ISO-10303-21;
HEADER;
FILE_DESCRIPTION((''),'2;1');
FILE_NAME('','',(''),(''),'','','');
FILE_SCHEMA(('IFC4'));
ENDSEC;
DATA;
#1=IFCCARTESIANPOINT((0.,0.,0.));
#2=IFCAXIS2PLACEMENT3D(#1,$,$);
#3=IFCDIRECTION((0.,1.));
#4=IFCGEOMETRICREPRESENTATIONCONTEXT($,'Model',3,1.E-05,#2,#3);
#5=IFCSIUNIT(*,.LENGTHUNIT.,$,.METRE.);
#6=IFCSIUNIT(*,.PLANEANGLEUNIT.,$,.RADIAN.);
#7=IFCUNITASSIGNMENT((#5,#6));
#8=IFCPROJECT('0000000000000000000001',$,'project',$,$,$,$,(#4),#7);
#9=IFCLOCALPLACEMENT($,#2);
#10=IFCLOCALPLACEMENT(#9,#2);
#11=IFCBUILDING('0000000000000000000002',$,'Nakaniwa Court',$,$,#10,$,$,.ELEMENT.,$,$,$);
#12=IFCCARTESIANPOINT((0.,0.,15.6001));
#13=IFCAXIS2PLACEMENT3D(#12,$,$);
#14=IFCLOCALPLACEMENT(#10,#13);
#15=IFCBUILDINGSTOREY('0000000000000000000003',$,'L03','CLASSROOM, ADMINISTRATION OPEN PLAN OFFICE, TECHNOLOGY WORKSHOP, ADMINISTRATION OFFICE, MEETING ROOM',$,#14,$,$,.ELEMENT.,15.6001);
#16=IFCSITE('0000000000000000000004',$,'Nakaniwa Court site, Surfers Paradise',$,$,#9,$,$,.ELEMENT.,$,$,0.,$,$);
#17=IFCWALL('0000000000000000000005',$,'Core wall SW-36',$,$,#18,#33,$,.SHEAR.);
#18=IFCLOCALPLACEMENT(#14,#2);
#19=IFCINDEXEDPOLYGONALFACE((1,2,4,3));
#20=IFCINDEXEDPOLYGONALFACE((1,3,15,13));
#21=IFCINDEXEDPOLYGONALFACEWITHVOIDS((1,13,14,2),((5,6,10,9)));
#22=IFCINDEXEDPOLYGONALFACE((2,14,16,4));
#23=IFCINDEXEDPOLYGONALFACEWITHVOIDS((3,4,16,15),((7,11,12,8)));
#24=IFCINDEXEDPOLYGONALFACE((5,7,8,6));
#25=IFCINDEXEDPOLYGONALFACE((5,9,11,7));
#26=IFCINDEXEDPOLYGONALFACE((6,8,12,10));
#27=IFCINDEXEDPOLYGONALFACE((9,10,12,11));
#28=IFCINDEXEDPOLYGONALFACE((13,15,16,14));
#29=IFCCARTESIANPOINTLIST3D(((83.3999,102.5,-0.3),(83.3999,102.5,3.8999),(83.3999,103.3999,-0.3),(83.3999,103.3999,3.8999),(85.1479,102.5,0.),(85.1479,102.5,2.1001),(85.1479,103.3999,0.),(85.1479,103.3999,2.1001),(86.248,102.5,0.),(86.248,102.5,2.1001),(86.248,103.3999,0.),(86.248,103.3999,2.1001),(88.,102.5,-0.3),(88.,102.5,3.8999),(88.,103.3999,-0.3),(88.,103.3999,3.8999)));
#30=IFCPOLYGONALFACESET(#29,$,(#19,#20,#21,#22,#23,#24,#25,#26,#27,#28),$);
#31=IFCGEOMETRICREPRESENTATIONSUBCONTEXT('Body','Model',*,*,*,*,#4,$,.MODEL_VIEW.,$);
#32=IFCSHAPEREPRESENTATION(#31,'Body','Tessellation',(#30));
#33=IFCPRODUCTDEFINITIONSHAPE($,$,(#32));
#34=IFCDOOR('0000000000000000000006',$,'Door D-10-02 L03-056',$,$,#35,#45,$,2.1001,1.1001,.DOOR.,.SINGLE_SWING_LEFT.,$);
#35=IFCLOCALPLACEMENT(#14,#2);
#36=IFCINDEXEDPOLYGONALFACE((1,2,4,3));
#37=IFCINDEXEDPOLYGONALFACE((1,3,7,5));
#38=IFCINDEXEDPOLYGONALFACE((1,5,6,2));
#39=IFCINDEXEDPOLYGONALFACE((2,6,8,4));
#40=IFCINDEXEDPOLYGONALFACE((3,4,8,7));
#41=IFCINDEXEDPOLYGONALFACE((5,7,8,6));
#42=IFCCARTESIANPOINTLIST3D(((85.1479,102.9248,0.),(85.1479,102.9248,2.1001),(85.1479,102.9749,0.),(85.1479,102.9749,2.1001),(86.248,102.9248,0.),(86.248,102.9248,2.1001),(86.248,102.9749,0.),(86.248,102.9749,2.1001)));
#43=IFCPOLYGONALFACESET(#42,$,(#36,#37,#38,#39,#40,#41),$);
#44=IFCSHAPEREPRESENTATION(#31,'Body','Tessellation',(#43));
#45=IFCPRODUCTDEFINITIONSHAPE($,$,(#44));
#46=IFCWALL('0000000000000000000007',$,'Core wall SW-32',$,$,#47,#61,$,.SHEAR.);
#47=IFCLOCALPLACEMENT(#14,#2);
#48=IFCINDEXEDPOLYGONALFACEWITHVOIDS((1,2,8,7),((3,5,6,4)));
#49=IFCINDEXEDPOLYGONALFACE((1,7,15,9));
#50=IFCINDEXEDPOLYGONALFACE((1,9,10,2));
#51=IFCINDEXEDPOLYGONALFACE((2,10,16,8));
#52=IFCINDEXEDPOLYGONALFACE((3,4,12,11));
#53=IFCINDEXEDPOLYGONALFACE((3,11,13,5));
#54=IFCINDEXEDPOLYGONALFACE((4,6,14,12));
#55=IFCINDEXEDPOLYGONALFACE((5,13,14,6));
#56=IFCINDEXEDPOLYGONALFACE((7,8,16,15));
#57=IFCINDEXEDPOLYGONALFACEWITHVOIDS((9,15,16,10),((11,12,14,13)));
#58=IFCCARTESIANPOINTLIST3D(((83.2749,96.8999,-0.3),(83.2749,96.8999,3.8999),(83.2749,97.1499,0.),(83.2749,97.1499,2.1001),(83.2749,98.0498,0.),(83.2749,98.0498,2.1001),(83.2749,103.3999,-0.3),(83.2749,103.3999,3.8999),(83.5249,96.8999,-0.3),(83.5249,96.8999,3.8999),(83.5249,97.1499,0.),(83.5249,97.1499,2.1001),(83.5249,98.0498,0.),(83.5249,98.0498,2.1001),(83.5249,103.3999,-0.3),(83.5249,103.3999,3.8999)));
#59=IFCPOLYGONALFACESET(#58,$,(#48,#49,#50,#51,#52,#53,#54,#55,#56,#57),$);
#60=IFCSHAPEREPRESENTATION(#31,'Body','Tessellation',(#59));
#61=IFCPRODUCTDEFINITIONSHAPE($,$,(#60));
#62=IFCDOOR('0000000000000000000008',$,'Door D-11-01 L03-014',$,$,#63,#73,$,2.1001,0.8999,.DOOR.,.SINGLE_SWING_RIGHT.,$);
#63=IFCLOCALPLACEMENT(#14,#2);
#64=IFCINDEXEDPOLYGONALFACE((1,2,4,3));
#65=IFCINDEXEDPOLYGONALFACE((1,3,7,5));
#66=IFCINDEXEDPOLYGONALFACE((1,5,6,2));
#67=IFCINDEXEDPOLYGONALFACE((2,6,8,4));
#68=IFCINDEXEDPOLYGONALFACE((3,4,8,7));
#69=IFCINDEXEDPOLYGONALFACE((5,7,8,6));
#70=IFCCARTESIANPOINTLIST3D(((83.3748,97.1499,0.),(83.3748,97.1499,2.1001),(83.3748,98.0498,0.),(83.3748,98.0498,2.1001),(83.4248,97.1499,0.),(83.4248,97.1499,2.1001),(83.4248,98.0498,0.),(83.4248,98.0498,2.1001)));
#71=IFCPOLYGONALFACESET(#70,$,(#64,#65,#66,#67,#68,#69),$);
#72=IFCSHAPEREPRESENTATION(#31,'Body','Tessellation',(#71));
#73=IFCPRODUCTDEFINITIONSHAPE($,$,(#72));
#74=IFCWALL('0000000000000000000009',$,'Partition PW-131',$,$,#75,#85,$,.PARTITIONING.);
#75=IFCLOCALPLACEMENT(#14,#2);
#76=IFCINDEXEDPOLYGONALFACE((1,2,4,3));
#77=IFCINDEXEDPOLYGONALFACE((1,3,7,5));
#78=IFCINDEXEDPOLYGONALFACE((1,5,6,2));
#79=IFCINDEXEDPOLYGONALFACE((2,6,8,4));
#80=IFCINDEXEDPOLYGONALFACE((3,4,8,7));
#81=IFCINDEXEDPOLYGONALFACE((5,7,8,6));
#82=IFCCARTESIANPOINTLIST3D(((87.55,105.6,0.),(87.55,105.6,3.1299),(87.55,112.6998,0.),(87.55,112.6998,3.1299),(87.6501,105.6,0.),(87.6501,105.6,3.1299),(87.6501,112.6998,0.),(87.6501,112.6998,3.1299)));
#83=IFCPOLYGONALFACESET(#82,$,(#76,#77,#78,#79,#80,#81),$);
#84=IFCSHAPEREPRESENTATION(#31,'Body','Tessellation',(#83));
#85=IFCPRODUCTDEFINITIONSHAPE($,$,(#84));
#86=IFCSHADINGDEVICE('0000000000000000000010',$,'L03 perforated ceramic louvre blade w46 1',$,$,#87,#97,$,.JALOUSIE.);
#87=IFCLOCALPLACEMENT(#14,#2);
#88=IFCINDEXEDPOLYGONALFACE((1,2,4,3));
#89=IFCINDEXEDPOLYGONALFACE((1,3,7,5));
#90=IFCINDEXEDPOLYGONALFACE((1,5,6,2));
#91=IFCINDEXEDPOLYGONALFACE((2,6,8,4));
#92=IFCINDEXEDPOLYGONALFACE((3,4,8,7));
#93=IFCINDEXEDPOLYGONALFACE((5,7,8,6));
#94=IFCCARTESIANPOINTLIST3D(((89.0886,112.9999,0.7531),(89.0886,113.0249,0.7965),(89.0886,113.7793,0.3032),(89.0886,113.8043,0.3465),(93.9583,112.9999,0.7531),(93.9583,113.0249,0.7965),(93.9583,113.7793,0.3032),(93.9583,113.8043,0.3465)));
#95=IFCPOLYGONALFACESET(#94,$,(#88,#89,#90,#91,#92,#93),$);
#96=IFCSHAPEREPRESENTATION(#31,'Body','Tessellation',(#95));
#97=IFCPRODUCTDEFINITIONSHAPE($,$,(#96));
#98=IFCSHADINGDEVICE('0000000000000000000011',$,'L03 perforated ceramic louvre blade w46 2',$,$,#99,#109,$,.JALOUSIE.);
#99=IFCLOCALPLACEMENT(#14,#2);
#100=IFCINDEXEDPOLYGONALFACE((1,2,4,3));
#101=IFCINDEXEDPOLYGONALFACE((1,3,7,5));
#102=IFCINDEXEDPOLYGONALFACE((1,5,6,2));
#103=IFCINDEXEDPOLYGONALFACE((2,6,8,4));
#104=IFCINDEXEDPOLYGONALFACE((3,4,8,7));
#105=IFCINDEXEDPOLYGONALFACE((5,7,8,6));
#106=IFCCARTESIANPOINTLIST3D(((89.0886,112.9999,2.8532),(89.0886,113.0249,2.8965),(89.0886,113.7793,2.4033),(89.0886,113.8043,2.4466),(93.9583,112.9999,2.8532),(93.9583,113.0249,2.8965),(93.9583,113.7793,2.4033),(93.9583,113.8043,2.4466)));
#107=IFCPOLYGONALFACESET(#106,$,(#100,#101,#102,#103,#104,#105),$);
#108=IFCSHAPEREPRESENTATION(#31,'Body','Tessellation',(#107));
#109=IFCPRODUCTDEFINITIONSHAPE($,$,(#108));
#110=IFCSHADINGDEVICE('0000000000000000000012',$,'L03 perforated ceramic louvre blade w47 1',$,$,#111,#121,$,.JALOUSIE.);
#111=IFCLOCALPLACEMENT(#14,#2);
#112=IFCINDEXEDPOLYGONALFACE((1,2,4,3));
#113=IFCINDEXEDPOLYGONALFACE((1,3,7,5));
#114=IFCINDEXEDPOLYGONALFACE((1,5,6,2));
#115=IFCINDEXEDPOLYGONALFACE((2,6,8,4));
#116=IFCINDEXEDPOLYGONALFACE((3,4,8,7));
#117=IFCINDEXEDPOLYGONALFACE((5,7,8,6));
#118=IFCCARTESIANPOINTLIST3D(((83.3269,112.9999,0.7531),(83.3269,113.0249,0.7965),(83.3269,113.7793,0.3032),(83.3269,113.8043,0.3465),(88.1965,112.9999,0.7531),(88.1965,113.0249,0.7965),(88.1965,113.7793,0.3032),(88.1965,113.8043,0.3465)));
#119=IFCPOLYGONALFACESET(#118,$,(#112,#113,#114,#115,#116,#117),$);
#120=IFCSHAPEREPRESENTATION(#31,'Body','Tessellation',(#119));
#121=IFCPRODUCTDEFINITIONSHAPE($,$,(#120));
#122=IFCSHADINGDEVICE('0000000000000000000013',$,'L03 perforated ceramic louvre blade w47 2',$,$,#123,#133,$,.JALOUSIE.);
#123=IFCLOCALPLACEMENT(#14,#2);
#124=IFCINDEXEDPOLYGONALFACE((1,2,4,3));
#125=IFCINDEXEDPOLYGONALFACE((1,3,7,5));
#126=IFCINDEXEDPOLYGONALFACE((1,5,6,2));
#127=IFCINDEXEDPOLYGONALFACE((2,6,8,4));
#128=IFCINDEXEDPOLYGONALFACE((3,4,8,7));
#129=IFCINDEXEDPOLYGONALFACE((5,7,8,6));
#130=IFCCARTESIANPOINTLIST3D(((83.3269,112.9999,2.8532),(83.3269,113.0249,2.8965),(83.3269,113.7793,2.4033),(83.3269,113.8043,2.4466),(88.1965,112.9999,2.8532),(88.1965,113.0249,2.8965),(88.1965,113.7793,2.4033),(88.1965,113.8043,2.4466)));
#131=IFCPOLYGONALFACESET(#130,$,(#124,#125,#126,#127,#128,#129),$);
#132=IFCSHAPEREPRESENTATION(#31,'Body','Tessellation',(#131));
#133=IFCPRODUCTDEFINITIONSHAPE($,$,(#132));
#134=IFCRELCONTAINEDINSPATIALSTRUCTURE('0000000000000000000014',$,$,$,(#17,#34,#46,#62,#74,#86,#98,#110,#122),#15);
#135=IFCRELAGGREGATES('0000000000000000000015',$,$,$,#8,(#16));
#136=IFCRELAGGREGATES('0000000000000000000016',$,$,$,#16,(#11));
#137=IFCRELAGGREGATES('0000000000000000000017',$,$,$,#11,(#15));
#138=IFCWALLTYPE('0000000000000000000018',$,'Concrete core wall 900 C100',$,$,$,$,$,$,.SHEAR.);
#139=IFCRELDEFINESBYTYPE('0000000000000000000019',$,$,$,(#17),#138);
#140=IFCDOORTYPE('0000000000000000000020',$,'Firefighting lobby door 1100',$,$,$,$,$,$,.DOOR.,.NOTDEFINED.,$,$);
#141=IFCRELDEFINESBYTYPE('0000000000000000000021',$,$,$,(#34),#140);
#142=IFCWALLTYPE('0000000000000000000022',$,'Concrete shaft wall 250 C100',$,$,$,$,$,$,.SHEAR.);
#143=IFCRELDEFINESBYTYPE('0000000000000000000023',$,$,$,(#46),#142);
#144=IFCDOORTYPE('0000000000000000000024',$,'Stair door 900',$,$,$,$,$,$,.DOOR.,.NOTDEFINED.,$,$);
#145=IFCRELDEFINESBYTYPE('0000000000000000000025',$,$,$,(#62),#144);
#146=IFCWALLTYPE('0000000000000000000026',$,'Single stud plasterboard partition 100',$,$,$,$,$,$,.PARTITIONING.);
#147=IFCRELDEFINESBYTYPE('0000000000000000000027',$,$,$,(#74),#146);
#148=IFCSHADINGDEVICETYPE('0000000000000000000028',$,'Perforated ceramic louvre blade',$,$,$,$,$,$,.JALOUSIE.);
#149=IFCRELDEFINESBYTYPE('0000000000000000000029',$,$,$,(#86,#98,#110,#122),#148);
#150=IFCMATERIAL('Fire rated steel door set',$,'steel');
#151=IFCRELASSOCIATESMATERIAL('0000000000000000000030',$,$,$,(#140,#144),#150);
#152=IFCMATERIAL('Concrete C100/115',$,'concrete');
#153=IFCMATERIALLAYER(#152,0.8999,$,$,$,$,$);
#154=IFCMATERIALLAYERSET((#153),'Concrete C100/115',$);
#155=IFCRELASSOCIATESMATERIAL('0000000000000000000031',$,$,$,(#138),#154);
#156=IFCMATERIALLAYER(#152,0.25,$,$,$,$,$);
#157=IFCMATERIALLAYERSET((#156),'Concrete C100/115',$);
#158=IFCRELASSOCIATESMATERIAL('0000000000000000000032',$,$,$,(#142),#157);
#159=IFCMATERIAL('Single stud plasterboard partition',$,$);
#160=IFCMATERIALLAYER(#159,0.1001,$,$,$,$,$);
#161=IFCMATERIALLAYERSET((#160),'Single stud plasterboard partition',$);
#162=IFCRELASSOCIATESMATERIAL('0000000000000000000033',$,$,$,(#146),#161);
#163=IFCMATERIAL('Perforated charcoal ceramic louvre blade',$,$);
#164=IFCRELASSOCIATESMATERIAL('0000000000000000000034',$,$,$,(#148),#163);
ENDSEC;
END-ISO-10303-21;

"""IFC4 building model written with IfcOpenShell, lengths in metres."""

from ifc_helpers import new_model, si_unit, direction, frame, frame_2d, origin, origin_2d, place, context, subcontext, project, spatial, rectangle, extrude, material, layer, layer_set, material_profile, profile_set, type_object, element, fill, save


model = new_model("IFC4")

# Units and contexts
model_context = context("Model", 3, precision=1e-05, world=origin(), true_north=direction((0.0, 1.0)))
body_context = subcontext(model_context, "Body", "Model", "MODEL_VIEW")
ifc_project = project(units=[si_unit("LENGTHUNIT", "METRE"), si_unit("PLANEANGLEUNIT", "RADIAN")], contexts=[model_context])

# Site, building, storey
site_placement = place(None, origin())
site = spatial("IfcSite", under=ifc_project, at=site_placement, Name="Nakaniwa Court site, Surfers Paradise", CompositionType="ELEMENT", RefElevation=0.0)
building_placement = place(site_placement, origin())
building = spatial("IfcBuilding", under=site, at=building_placement, Name="Nakaniwa Court", CompositionType="ELEMENT")
storey_placement = place(building_placement, frame((0.0, 0.0, 15.6001)))
storey = spatial("IfcBuildingStorey", under=building, at=storey_placement, Name="L03", Description="CLASSROOM, ADMINISTRATION OPEN PLAN OFFICE, TECHNOLOGY WORKSHOP, ADMINISTRATION OFFICE, MEETING ROOM", CompositionType="ELEMENT", Elevation=15.6001)

# Shared definitions
ifc_material_1 = material(Name="Concrete C100/115", Category="concrete")

# Walls, openings, doors
ifc_material_2 = material(Name="Fire rated steel door set", Category="steel")
door_type_1 = type_object("IfcDoorType", Name="Firefighting lobby door 1100", OperationType="NOTDEFINED", PredefinedType="DOOR", material=ifc_material_2)
ifc_layer_1 = layer(ifc_material_1, 0.8999)
ifc_layer_set_1 = layer_set([ifc_layer_1], Name="Concrete C100/115")
wall_type_1 = type_object("IfcWallType", Name="Concrete core wall 900 C100", PredefinedType="SHEAR", material=ifc_layer_set_1)
wall_1_placement = place(storey_placement, frame((83.3999, 102.95, -0.3), z_axis=(0.0, 0.0, 1.0), x_axis=(1.0, 0.0, 0.0)))
wall_1 = element("IfcWall", 1, at=wall_1_placement, inside=storey, type_object=wall_type_1, Name="Core wall SW-36", PredefinedType="SHEAR", context=body_context, shape_type="SweptSolid", body=[
    extrude(rectangle(XDim=4.6001, YDim=0.8999, at=frame_2d((2.3, 0.0))), origin(), (0.0, 0.0, 1.0), 4.2),
])
opening_1_placement = place(wall_1_placement, frame((1.748, 0.0, 0.3)))
opening_1 = element("IfcOpeningElement", 2, at=opening_1_placement, cuts=wall_1, PredefinedType="OPENING", context=body_context, shape_type="SweptSolid", body=[
    extrude(rectangle(XDim=1.1001, YDim=2.1001, at=frame_2d((0.55, 1.05))), frame((0.0, 0.46, 0.0), z_axis=(0.0, -1.0, 0.0), x_axis=(1.0, 0.0, 0.0)), (0.0, 0.0, 1.0), 0.9199),
])
door_1_placement = place(opening_1_placement, origin())
door_1 = element("IfcDoor", 3, at=door_1_placement, inside=storey, type_object=door_type_1, Name="Door D-10-02 L03-056", OperationType="SINGLE_SWING_LEFT", OverallHeight=2.1001, OverallWidth=1.1001, PredefinedType="DOOR", context=body_context, shape_type="SweptSolid", body=[
    extrude(rectangle(XDim=1.1001, YDim=2.1001, at=frame_2d((0.55, 1.05))), frame((0.0, 0.0249, 0.0), z_axis=(0.0, -1.0, 0.0), x_axis=(1.0, 0.0, 0.0)), (0.0, 0.0, 1.0), 0.05),
])
fill(opening_1, door_1)
ifc_layer_2 = layer(ifc_material_1, 0.25)
ifc_layer_set_2 = layer_set([ifc_layer_2], Name="Concrete C100/115")
wall_type_2 = type_object("IfcWallType", Name="Concrete shaft wall 250 C100", PredefinedType="SHEAR", material=ifc_layer_set_2)
wall_2_placement = place(storey_placement, frame((83.3999, 103.3999, -0.3), z_axis=(0.0, 0.0, 1.0), x_axis=(0.0, -1.0, 0.0)))
wall_2 = element("IfcWall", 4, at=wall_2_placement, inside=storey, type_object=wall_type_2, Name="Core wall SW-32", PredefinedType="SHEAR", context=body_context, shape_type="SweptSolid", body=[
    extrude(rectangle(XDim=6.5, YDim=0.25, at=frame_2d((3.25, 0.0))), origin(), (0.0, 0.0, 1.0), 4.2),
])
opening_2_placement = place(wall_2_placement, frame((5.3501, 0.0, 0.3)))
opening_2 = element("IfcOpeningElement", 5, at=opening_2_placement, cuts=wall_2, PredefinedType="OPENING", context=body_context, shape_type="SweptSolid", body=[
    extrude(rectangle(XDim=0.8999, YDim=2.1001, at=frame_2d((0.45, 1.05))), frame((0.0, 0.135, 0.0), z_axis=(0.0, -1.0, 0.0), x_axis=(1.0, 0.0, 0.0)), (0.0, 0.0, 1.0), 0.27),
])
door_type_2 = type_object("IfcDoorType", Name="Stair door 900", OperationType="NOTDEFINED", PredefinedType="DOOR", material=ifc_material_2)
door_2_placement = place(opening_2_placement, origin())
door_2 = element("IfcDoor", 6, at=door_2_placement, inside=storey, type_object=door_type_2, Name="Door D-11-01 L03-014", OperationType="SINGLE_SWING_RIGHT", OverallHeight=2.1001, OverallWidth=0.8999, PredefinedType="DOOR", context=body_context, shape_type="SweptSolid", body=[
    extrude(rectangle(XDim=0.8999, YDim=2.1001, at=frame_2d((0.45, 1.05))), frame((0.0, 0.0249, 0.0), z_axis=(0.0, -1.0, 0.0), x_axis=(1.0, 0.0, 0.0)), (0.0, 0.0, 1.0), 0.05),
])
fill(opening_2, door_2)

# Wall
ifc_material_3 = material(Name="Single stud plasterboard partition")
ifc_layer_3 = layer(ifc_material_3, 0.1001)
ifc_layer_set_3 = layer_set([ifc_layer_3], Name="Single stud plasterboard partition")
wall_type_3 = type_object("IfcWallType", Name="Single stud plasterboard partition 100", PredefinedType="PARTITIONING", material=ifc_layer_set_3)
wall_3_placement = place(storey_placement, frame((87.6001, 105.6001, 0.0), z_axis=(0.0, 0.0, 1.0), x_axis=(0.0, 1.0, 0.0)))
element("IfcWall", 7, at=wall_3_placement, inside=storey, type_object=wall_type_3, Name="Partition PW-131", PredefinedType="PARTITIONING", context=body_context, shape_type="SweptSolid", body=[
    extrude(rectangle(XDim=7.0999, YDim=0.1001, at=frame_2d((3.5498, 0.0))), origin(), (0.0, 0.0, 1.0), 3.1299),
])

# Shading devices
ifc_material_4 = material(Name="Perforated charcoal ceramic louvre blade")
ifc_material_profile_1 = material_profile(ifc_material_4, rectangle(XDim=0.8999, YDim=0.05, at=origin_2d()), Name="Perforated ceramic louvre blade")
ifc_profile_set_1 = profile_set([ifc_material_profile_1], Name="Perforated charcoal ceramic louvre blade")
shading_device_type = type_object("IfcShadingDeviceType", Name="Perforated ceramic louvre blade", PredefinedType="JALOUSIE", material=ifc_profile_set_1)
for number, where, z_axis, x_axis, name in (
    (8, (93.9583, 113.4021, 0.5498), (-1.0, 0.0, 0.0), (0.0, -0.866025, 0.5), "L03 perforated ceramic louvre blade w46 1"),
    (9, (93.9583, 113.4021, 2.6499), (-1.0, 0.0, 0.0), (0.0, -0.866025, 0.5), "L03 perforated ceramic louvre blade w46 2"),
    (10, (88.1965, 113.4021, 0.5498), (-1.0, 0.0, 0.0), (0.0, -0.866025, 0.5), "L03 perforated ceramic louvre blade w47 1"),
    (11, (88.1965, 113.4021, 2.6499), (-1.0, 0.0, 0.0), (0.0, -0.866025, 0.5), "L03 perforated ceramic louvre blade w47 2"),
):
    element("IfcShadingDevice", number, at=place(storey_placement, frame(where, z_axis=z_axis, x_axis=x_axis)), inside=storey, type_object=shading_device_type, Name=name, PredefinedType="JALOUSIE", context=body_context, shape_type="SweptSolid", body=[
        extrude(rectangle(XDim=0.8999, YDim=0.05, at=origin_2d()), origin(), (0.0, 0.0, 1.0), 4.8696),
    ])

save(model, "model.ifc")
